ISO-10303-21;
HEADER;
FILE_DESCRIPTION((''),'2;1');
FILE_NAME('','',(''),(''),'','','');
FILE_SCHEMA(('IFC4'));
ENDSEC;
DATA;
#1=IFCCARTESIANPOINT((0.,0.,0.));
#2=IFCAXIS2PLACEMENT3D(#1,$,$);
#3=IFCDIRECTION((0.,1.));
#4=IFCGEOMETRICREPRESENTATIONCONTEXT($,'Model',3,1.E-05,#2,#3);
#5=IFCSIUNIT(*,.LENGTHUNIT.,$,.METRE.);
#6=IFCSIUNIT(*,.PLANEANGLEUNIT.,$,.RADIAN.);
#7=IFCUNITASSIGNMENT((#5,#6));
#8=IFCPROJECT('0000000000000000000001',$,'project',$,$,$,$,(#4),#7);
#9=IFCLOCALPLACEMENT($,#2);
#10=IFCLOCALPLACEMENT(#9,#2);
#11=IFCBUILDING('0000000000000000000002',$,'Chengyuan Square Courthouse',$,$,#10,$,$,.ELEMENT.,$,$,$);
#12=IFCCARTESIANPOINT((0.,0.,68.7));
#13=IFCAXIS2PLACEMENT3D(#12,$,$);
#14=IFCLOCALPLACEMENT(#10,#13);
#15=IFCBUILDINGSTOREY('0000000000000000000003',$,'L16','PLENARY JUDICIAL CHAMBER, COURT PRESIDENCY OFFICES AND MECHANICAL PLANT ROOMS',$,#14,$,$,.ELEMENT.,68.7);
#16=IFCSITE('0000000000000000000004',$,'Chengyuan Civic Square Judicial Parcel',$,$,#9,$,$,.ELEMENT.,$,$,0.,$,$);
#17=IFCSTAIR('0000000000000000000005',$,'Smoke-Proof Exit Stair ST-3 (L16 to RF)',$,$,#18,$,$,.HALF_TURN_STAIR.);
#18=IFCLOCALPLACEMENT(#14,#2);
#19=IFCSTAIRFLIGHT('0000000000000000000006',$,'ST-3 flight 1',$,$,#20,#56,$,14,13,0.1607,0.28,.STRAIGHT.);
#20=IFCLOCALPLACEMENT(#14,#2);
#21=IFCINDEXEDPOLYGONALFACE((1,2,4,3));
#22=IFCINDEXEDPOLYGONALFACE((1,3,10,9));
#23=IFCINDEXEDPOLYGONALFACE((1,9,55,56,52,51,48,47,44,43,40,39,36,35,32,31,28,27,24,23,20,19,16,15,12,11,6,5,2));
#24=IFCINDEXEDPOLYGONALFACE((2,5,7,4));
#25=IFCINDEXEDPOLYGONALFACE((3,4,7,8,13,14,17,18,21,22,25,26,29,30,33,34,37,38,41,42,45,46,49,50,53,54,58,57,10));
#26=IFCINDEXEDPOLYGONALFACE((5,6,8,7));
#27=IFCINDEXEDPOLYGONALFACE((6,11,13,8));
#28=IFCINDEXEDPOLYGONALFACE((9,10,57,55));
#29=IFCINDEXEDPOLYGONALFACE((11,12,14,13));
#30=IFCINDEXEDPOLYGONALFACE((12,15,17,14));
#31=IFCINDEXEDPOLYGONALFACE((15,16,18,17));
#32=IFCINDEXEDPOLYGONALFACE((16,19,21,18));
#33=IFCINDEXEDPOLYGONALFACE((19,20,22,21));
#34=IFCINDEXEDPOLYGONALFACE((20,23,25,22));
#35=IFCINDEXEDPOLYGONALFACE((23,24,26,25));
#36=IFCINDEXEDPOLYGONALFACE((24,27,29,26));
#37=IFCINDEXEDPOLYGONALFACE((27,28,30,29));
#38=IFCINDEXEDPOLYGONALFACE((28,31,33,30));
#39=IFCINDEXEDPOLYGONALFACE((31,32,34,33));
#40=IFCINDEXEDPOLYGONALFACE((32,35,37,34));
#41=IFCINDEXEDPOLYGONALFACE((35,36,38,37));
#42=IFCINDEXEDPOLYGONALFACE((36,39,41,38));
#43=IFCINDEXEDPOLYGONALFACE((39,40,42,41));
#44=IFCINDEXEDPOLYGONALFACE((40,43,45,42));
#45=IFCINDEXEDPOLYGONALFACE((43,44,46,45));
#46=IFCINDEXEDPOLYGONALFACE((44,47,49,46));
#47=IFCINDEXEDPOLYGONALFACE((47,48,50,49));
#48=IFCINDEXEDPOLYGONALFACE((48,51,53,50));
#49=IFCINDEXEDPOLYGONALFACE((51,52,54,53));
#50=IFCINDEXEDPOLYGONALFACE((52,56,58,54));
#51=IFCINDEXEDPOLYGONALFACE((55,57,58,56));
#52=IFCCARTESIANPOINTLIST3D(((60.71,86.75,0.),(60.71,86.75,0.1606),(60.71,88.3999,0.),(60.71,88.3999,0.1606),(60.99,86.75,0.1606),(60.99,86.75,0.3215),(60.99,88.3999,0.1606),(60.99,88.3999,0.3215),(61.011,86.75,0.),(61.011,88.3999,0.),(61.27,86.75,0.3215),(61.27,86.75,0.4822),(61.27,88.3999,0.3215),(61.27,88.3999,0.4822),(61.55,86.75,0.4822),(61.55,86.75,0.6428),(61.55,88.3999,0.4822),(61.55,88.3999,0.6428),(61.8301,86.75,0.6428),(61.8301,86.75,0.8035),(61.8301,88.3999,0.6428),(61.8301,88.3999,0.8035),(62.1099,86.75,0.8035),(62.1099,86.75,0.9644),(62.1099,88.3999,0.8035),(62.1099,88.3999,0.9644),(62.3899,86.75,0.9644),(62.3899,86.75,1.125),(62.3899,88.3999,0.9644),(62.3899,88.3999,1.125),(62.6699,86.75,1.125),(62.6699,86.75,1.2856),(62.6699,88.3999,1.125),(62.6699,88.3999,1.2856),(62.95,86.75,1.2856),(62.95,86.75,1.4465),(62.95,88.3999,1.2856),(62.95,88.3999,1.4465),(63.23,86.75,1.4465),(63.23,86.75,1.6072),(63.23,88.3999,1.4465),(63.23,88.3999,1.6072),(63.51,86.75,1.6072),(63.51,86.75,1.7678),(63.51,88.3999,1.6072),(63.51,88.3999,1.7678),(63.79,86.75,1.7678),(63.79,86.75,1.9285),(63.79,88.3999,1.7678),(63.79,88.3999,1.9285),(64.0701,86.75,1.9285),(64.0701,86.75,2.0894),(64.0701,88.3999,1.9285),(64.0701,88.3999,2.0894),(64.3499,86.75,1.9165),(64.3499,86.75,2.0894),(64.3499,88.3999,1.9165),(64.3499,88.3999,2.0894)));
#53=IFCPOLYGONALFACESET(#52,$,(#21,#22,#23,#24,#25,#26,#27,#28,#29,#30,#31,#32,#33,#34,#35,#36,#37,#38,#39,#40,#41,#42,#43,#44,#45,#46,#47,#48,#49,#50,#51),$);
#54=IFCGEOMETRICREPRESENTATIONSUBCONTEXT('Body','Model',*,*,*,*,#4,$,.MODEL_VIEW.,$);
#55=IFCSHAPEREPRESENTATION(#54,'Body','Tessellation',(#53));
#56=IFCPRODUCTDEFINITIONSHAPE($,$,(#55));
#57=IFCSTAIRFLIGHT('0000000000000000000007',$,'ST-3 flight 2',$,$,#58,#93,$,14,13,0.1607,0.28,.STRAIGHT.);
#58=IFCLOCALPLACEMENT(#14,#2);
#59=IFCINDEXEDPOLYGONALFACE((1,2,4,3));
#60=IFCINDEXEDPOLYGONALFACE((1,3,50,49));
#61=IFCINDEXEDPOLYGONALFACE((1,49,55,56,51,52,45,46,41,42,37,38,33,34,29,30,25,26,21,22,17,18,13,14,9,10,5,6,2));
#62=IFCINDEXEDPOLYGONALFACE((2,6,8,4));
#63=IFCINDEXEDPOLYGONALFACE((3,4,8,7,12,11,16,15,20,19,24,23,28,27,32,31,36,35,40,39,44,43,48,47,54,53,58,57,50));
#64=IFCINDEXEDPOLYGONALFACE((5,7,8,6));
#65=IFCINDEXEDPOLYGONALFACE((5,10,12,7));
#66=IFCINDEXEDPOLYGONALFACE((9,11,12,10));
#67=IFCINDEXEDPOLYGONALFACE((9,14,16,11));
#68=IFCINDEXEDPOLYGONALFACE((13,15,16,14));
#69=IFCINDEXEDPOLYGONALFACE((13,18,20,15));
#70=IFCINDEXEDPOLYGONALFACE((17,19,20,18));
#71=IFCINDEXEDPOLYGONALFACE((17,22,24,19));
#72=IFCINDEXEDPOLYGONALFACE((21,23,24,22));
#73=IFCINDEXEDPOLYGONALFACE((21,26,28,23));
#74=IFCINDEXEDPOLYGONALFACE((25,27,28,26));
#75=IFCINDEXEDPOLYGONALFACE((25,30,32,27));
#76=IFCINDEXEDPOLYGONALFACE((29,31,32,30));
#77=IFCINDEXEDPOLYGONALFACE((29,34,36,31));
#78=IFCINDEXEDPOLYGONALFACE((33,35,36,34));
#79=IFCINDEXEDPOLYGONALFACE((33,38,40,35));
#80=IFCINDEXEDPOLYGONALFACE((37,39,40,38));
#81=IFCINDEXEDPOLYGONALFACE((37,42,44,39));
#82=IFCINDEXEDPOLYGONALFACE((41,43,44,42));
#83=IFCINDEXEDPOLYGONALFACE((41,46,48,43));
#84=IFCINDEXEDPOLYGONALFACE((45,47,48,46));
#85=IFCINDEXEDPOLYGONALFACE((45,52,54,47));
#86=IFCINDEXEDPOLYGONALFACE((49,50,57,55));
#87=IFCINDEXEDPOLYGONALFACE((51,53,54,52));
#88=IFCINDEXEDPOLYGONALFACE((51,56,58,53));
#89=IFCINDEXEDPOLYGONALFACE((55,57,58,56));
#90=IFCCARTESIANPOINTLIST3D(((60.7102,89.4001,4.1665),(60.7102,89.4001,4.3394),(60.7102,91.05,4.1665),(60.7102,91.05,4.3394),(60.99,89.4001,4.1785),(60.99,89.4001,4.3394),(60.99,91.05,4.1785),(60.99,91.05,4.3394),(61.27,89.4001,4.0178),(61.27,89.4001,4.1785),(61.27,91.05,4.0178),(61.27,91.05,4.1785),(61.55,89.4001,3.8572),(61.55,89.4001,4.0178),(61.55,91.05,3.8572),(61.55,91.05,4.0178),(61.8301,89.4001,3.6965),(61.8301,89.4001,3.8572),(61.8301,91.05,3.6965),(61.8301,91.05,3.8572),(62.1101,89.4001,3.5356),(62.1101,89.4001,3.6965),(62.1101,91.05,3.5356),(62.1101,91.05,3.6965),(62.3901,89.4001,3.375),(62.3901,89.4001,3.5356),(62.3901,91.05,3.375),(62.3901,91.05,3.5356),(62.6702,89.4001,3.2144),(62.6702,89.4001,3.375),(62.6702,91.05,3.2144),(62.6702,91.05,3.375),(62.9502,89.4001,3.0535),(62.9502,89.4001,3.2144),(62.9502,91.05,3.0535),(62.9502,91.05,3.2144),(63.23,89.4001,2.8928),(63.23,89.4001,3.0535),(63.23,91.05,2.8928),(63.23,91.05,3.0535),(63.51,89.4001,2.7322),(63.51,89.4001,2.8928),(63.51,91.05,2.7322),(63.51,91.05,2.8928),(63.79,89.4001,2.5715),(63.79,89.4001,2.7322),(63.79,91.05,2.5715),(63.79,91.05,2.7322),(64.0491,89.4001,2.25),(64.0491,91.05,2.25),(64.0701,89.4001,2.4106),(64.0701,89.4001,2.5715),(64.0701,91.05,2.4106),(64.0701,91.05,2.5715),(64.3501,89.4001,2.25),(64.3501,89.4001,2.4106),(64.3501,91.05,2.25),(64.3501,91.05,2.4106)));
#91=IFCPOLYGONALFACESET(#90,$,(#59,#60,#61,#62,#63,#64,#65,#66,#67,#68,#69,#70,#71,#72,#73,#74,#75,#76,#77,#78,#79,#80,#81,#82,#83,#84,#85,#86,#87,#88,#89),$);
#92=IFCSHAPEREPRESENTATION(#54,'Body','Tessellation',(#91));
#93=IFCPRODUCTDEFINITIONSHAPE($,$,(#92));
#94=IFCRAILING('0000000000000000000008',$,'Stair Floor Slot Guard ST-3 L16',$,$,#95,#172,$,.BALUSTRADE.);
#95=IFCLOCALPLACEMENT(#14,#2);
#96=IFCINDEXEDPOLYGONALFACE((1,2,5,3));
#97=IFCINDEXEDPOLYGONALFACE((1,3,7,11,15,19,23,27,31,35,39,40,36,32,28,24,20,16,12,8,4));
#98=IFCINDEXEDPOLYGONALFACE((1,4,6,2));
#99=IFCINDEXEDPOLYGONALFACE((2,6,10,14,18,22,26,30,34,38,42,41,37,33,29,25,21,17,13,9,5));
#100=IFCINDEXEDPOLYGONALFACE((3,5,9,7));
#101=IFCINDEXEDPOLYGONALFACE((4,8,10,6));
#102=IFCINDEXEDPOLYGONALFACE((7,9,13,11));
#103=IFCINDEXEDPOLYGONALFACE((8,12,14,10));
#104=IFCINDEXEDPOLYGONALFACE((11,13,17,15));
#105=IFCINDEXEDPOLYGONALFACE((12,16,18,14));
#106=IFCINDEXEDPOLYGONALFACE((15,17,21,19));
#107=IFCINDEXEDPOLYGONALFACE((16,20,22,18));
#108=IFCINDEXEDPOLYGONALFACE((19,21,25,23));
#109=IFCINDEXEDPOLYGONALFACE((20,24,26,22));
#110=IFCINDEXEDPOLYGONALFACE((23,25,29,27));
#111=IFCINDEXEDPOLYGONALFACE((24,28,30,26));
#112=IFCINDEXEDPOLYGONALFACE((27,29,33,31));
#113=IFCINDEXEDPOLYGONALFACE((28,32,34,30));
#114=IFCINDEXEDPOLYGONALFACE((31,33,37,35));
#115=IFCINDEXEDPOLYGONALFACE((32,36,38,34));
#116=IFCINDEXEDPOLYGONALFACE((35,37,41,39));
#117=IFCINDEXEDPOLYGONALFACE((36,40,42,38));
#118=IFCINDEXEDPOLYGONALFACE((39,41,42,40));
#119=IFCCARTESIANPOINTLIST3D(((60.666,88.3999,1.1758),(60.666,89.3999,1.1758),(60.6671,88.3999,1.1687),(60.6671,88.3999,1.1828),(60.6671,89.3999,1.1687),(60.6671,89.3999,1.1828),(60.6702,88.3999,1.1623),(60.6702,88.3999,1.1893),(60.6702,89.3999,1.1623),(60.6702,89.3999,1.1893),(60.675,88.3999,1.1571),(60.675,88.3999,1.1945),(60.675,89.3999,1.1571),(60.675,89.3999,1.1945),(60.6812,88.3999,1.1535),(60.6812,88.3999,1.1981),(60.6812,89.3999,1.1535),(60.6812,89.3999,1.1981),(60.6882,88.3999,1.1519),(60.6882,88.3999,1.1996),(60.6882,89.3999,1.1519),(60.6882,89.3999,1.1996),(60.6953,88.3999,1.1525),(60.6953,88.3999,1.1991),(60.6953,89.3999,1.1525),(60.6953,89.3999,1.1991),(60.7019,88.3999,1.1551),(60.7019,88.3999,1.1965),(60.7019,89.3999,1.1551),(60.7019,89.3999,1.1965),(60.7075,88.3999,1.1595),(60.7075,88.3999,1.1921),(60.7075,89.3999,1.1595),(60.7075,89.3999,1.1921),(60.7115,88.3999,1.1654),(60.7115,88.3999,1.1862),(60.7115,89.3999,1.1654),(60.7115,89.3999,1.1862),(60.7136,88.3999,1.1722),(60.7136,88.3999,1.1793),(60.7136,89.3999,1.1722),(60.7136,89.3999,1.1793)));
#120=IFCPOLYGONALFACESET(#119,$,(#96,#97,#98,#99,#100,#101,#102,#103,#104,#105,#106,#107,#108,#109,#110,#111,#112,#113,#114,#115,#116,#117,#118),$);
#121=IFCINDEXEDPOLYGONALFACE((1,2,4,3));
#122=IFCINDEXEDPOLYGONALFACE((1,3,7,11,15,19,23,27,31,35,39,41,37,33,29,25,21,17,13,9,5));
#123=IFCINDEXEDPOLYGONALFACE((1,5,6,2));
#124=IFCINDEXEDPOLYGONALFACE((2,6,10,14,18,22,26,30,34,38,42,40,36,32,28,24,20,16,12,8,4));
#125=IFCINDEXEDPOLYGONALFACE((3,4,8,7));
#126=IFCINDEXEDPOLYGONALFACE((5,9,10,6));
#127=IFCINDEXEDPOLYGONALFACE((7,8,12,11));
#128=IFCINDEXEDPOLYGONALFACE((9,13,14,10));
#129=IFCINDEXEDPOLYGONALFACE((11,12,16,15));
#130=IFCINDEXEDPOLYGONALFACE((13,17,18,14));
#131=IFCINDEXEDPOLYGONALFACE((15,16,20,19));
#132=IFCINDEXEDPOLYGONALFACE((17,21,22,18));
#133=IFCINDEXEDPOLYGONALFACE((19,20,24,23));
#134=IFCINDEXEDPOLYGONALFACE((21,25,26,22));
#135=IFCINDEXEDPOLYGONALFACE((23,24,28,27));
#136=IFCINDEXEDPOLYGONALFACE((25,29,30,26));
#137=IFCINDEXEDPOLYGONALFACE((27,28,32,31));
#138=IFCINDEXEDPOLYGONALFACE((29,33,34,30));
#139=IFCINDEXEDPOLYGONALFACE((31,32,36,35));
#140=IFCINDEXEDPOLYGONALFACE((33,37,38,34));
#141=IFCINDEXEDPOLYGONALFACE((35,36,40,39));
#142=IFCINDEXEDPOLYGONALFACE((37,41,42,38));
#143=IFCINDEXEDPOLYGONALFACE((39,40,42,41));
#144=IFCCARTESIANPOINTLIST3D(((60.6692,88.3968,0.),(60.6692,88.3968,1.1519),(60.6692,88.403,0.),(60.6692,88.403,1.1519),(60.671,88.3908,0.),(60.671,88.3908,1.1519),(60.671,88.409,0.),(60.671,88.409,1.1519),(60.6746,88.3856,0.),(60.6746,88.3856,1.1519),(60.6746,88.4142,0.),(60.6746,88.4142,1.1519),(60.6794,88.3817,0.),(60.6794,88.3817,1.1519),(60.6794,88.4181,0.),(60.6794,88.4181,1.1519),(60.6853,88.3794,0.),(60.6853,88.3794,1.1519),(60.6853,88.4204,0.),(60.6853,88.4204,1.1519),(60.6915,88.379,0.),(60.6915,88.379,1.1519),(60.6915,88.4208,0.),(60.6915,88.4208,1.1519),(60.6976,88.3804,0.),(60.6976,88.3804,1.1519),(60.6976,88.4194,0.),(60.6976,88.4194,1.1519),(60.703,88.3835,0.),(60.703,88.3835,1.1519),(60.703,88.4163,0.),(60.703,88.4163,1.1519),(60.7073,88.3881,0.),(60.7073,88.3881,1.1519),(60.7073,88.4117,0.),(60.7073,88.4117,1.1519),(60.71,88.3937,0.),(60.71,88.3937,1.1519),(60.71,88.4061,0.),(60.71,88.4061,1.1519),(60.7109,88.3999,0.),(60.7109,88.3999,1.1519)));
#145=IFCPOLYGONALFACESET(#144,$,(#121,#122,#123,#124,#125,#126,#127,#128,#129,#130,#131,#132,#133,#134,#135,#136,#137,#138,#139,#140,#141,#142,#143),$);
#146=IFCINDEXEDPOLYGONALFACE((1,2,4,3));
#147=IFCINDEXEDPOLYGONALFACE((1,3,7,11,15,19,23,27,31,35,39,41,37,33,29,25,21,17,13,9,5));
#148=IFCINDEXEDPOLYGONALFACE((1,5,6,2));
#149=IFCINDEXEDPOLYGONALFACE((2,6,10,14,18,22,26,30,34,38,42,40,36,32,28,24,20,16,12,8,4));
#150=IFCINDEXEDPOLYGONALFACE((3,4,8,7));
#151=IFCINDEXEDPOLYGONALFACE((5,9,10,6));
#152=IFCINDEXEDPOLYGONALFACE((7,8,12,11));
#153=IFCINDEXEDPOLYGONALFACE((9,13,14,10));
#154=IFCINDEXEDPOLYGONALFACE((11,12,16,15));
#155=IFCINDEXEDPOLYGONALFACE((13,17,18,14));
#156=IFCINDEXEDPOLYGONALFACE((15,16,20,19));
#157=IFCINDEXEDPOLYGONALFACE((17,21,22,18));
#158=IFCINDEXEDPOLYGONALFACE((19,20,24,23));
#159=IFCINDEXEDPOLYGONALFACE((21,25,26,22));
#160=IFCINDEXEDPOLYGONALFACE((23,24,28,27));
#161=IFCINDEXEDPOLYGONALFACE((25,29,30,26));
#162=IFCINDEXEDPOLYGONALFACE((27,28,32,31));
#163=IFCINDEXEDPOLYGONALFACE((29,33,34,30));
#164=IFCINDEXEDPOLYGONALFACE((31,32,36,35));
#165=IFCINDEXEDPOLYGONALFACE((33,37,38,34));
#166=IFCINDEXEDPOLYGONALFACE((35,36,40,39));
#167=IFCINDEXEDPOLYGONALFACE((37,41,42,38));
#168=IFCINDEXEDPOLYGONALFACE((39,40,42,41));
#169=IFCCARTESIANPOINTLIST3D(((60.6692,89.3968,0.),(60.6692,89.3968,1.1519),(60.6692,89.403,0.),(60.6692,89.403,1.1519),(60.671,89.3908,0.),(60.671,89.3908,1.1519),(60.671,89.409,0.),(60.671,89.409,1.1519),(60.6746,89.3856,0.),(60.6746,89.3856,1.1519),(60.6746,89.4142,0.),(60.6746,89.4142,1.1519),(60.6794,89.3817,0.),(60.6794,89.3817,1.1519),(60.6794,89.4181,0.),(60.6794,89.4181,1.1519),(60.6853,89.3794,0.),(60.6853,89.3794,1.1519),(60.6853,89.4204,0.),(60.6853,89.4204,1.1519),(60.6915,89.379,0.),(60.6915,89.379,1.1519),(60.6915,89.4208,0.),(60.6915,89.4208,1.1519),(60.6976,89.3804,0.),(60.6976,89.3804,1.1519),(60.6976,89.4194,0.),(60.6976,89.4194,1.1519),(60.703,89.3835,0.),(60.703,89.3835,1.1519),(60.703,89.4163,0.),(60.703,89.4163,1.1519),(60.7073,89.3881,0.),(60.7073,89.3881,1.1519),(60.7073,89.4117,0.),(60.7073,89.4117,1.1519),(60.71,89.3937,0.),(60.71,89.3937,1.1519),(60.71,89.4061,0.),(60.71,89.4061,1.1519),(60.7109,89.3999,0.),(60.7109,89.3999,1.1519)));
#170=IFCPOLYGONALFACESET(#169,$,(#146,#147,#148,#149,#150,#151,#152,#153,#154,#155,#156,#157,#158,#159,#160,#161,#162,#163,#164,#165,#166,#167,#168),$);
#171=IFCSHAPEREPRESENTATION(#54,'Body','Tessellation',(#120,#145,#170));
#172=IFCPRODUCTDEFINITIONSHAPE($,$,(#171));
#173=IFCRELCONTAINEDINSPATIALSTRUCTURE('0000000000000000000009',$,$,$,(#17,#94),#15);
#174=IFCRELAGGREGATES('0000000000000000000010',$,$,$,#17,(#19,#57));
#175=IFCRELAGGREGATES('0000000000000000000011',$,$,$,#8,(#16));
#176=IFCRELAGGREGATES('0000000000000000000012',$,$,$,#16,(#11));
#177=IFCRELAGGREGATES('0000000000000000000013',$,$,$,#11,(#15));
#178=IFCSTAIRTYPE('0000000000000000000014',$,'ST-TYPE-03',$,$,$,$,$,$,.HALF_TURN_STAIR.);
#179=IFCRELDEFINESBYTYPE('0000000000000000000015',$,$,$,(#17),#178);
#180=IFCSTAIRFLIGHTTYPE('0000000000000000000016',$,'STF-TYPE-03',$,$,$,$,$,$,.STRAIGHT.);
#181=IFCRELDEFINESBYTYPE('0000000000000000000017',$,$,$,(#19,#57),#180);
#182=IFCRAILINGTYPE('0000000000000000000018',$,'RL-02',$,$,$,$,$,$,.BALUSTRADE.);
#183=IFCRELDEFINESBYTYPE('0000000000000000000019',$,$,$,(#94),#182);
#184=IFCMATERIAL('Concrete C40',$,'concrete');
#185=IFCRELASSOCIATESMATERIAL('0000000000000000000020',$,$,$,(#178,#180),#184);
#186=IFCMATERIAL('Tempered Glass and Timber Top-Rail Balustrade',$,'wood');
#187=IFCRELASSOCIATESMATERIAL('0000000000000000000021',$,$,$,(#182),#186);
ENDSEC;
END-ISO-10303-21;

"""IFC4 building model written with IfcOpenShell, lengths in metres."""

from ifc_helpers import new_model, si_unit, direction, frame, origin, origin_2d, place, context, subcontext, project, spatial, polyline, circle, outline, extrude, material, type_object, element, aggregate, save


model = new_model("IFC4")

# Units and contexts
model_context = context("Model", 3, precision=1e-05, world=origin(), true_north=direction((0.0, 1.0)))
body_context = subcontext(model_context, "Body", "Model", "MODEL_VIEW")
ifc_project = project(units=[si_unit("LENGTHUNIT", "METRE"), si_unit("PLANEANGLEUNIT", "RADIAN")], contexts=[model_context])

# Site, building, storey
site_placement = place(None, origin())
site = spatial("IfcSite", under=ifc_project, at=site_placement, Name="Chengyuan Civic Square Judicial Parcel", CompositionType="ELEMENT", RefElevation=0.0)
building_placement = place(site_placement, origin())
building = spatial("IfcBuilding", under=site, at=building_placement, Name="Chengyuan Square Courthouse", CompositionType="ELEMENT")
storey_placement = place(building_placement, frame((0.0, 0.0, 68.7)))
storey = spatial("IfcBuildingStorey", under=building, at=storey_placement, Name="L16", Description="PLENARY JUDICIAL CHAMBER, COURT PRESIDENCY OFFICES AND MECHANICAL PLANT ROOMS", CompositionType="ELEMENT", Elevation=68.7)

# Shared definitions
ifc_material_1 = material(Name="Concrete C40", Category="concrete")

# Stair, stair flights
stair_type = type_object("IfcStairType", Name="ST-TYPE-03", PredefinedType="HALF_TURN_STAIR", material=ifc_material_1)
stair_placement = place(storey_placement, origin())
stair = element("IfcStair", 1, at=stair_placement, inside=storey, type_object=stair_type, Name="Smoke-Proof Exit Stair ST-3 (L16 to RF)", PredefinedType="HALF_TURN_STAIR")
stair_flight_type = type_object("IfcStairFlightType", Name="STF-TYPE-03", PredefinedType="STRAIGHT", material=ifc_material_1)
stair_flight_1_placement = place(storey_placement, frame((60.71, 87.575, 0.0), z_axis=(0.0, 0.0, 1.0), x_axis=(1.0, 0.0, 0.0)))
stair_flight_1 = element("IfcStairFlight", 2, at=stair_flight_1_placement, type_object=stair_flight_type, Name="ST-3 flight 1", NumberOfRisers=14, NumberOfTreads=13, PredefinedType="STRAIGHT", RiserHeight=0.1607, TreadLength=0.28, context=body_context, shape_type="SweptSolid", body=[
    extrude(outline(polyline([(0.0, 0.0), (0.0, 0.1606), (0.28, 0.1606), (0.28, 0.3215), (0.5601, 0.3215), (0.5601, 0.4822), (0.8401, 0.4822), (0.8401, 0.6428), (1.1201, 0.6428), (1.1201, 0.8035), (1.3999, 0.8035), (1.3999, 0.9644), (1.6799, 0.9644), (1.6799, 1.125), (1.96, 1.125), (1.96, 1.2856), (2.24, 1.2856), (2.24, 1.4465), (2.52, 1.4465), (2.52, 1.6072), (2.8, 1.6072), (2.8, 1.7678), (3.0801, 1.7678), (3.0801, 1.9285), (3.3601, 1.9285), (3.3601, 2.0894), (3.6399, 2.0894), (3.6399, 2.25), (3.6399, 1.9165), (0.301, 0.0), (0.0, 0.0)])), frame((0.0, 0.825, 0.0), z_axis=(0.0, -1.0, 0.0), x_axis=(1.0, 0.0, 0.0)), (0.0, 0.0, 1.0), 1.6499),
])
stair_flight_2_placement = place(storey_placement, frame((64.3501, 90.2251, 2.25), z_axis=(0.0, 0.0, 1.0), x_axis=(-1.0, 0.0, 0.0)))
stair_flight_2 = element("IfcStairFlight", 3, at=stair_flight_2_placement, type_object=stair_flight_type, Name="ST-3 flight 2", NumberOfRisers=14, NumberOfTreads=13, PredefinedType="STRAIGHT", RiserHeight=0.1607, TreadLength=0.28, context=body_context, shape_type="SweptSolid", body=[
    extrude(outline(polyline([(0.0, 0.0), (0.0, 0.1606), (0.28, 0.1606), (0.28, 0.3215), (0.5601, 0.3215), (0.5601, 0.4822), (0.8401, 0.4822), (0.8401, 0.6428), (1.1201, 0.6428), (1.1201, 0.8035), (1.3999, 0.8035), (1.3999, 0.9644), (1.6799, 0.9644), (1.6799, 1.125), (1.96, 1.125), (1.96, 1.2856), (2.24, 1.2856), (2.24, 1.4465), (2.52, 1.4465), (2.52, 1.6072), (2.8, 1.6072), (2.8, 1.7678), (3.0801, 1.7678), (3.0801, 1.9285), (3.3601, 1.9285), (3.3601, 2.0894), (3.6399, 2.0894), (3.6399, 2.25), (3.6399, 1.9165), (0.301, 0.0), (0.0, 0.0)])), frame((0.0, 0.825, 0.0), z_axis=(0.0, -1.0, 0.0), x_axis=(1.0, 0.0, 0.0)), (0.0, 0.0, 1.0), 1.6499),
])
aggregate(stair, [stair_flight_1, stair_flight_2])

# Railing
ifc_material_2 = material(Name="Tempered Glass and Timber Top-Rail Balustrade", Category="wood")
railing_type_1 = type_object("IfcRailingType", Name="RL-02", PredefinedType="BALUSTRADE", material=ifc_material_2)
for number, where, name in (
    (4, (60.6899, 88.3999, 0.0), "Stair Floor Slot Guard ST-3 L16"),
):
    element("IfcRailing", number, at=place(storey_placement, frame(where)), inside=storey, type_object=railing_type_1, Name=name, PredefinedType="BALUSTRADE", context=body_context, shape_type="SweptSolid", body=[
        extrude(circle(Radius=0.0239, at=origin_2d()), frame((0.0, 0.0, 1.1758), z_axis=(0.0, 1.0, 0.0), x_axis=(-1.0, 0.0, 0.0)), (0.0, 0.0, 1.0), 1.0),
        extrude(circle(Radius=0.021, at=origin_2d()), origin(), (0.0, 0.0, 1.0), 1.1519),
        extrude(circle(Radius=0.021, at=origin_2d()), frame((0.0, 1.0, 0.0)), (0.0, 0.0, 1.0), 1.1519),
    ])

save(model, "model.ifc")
